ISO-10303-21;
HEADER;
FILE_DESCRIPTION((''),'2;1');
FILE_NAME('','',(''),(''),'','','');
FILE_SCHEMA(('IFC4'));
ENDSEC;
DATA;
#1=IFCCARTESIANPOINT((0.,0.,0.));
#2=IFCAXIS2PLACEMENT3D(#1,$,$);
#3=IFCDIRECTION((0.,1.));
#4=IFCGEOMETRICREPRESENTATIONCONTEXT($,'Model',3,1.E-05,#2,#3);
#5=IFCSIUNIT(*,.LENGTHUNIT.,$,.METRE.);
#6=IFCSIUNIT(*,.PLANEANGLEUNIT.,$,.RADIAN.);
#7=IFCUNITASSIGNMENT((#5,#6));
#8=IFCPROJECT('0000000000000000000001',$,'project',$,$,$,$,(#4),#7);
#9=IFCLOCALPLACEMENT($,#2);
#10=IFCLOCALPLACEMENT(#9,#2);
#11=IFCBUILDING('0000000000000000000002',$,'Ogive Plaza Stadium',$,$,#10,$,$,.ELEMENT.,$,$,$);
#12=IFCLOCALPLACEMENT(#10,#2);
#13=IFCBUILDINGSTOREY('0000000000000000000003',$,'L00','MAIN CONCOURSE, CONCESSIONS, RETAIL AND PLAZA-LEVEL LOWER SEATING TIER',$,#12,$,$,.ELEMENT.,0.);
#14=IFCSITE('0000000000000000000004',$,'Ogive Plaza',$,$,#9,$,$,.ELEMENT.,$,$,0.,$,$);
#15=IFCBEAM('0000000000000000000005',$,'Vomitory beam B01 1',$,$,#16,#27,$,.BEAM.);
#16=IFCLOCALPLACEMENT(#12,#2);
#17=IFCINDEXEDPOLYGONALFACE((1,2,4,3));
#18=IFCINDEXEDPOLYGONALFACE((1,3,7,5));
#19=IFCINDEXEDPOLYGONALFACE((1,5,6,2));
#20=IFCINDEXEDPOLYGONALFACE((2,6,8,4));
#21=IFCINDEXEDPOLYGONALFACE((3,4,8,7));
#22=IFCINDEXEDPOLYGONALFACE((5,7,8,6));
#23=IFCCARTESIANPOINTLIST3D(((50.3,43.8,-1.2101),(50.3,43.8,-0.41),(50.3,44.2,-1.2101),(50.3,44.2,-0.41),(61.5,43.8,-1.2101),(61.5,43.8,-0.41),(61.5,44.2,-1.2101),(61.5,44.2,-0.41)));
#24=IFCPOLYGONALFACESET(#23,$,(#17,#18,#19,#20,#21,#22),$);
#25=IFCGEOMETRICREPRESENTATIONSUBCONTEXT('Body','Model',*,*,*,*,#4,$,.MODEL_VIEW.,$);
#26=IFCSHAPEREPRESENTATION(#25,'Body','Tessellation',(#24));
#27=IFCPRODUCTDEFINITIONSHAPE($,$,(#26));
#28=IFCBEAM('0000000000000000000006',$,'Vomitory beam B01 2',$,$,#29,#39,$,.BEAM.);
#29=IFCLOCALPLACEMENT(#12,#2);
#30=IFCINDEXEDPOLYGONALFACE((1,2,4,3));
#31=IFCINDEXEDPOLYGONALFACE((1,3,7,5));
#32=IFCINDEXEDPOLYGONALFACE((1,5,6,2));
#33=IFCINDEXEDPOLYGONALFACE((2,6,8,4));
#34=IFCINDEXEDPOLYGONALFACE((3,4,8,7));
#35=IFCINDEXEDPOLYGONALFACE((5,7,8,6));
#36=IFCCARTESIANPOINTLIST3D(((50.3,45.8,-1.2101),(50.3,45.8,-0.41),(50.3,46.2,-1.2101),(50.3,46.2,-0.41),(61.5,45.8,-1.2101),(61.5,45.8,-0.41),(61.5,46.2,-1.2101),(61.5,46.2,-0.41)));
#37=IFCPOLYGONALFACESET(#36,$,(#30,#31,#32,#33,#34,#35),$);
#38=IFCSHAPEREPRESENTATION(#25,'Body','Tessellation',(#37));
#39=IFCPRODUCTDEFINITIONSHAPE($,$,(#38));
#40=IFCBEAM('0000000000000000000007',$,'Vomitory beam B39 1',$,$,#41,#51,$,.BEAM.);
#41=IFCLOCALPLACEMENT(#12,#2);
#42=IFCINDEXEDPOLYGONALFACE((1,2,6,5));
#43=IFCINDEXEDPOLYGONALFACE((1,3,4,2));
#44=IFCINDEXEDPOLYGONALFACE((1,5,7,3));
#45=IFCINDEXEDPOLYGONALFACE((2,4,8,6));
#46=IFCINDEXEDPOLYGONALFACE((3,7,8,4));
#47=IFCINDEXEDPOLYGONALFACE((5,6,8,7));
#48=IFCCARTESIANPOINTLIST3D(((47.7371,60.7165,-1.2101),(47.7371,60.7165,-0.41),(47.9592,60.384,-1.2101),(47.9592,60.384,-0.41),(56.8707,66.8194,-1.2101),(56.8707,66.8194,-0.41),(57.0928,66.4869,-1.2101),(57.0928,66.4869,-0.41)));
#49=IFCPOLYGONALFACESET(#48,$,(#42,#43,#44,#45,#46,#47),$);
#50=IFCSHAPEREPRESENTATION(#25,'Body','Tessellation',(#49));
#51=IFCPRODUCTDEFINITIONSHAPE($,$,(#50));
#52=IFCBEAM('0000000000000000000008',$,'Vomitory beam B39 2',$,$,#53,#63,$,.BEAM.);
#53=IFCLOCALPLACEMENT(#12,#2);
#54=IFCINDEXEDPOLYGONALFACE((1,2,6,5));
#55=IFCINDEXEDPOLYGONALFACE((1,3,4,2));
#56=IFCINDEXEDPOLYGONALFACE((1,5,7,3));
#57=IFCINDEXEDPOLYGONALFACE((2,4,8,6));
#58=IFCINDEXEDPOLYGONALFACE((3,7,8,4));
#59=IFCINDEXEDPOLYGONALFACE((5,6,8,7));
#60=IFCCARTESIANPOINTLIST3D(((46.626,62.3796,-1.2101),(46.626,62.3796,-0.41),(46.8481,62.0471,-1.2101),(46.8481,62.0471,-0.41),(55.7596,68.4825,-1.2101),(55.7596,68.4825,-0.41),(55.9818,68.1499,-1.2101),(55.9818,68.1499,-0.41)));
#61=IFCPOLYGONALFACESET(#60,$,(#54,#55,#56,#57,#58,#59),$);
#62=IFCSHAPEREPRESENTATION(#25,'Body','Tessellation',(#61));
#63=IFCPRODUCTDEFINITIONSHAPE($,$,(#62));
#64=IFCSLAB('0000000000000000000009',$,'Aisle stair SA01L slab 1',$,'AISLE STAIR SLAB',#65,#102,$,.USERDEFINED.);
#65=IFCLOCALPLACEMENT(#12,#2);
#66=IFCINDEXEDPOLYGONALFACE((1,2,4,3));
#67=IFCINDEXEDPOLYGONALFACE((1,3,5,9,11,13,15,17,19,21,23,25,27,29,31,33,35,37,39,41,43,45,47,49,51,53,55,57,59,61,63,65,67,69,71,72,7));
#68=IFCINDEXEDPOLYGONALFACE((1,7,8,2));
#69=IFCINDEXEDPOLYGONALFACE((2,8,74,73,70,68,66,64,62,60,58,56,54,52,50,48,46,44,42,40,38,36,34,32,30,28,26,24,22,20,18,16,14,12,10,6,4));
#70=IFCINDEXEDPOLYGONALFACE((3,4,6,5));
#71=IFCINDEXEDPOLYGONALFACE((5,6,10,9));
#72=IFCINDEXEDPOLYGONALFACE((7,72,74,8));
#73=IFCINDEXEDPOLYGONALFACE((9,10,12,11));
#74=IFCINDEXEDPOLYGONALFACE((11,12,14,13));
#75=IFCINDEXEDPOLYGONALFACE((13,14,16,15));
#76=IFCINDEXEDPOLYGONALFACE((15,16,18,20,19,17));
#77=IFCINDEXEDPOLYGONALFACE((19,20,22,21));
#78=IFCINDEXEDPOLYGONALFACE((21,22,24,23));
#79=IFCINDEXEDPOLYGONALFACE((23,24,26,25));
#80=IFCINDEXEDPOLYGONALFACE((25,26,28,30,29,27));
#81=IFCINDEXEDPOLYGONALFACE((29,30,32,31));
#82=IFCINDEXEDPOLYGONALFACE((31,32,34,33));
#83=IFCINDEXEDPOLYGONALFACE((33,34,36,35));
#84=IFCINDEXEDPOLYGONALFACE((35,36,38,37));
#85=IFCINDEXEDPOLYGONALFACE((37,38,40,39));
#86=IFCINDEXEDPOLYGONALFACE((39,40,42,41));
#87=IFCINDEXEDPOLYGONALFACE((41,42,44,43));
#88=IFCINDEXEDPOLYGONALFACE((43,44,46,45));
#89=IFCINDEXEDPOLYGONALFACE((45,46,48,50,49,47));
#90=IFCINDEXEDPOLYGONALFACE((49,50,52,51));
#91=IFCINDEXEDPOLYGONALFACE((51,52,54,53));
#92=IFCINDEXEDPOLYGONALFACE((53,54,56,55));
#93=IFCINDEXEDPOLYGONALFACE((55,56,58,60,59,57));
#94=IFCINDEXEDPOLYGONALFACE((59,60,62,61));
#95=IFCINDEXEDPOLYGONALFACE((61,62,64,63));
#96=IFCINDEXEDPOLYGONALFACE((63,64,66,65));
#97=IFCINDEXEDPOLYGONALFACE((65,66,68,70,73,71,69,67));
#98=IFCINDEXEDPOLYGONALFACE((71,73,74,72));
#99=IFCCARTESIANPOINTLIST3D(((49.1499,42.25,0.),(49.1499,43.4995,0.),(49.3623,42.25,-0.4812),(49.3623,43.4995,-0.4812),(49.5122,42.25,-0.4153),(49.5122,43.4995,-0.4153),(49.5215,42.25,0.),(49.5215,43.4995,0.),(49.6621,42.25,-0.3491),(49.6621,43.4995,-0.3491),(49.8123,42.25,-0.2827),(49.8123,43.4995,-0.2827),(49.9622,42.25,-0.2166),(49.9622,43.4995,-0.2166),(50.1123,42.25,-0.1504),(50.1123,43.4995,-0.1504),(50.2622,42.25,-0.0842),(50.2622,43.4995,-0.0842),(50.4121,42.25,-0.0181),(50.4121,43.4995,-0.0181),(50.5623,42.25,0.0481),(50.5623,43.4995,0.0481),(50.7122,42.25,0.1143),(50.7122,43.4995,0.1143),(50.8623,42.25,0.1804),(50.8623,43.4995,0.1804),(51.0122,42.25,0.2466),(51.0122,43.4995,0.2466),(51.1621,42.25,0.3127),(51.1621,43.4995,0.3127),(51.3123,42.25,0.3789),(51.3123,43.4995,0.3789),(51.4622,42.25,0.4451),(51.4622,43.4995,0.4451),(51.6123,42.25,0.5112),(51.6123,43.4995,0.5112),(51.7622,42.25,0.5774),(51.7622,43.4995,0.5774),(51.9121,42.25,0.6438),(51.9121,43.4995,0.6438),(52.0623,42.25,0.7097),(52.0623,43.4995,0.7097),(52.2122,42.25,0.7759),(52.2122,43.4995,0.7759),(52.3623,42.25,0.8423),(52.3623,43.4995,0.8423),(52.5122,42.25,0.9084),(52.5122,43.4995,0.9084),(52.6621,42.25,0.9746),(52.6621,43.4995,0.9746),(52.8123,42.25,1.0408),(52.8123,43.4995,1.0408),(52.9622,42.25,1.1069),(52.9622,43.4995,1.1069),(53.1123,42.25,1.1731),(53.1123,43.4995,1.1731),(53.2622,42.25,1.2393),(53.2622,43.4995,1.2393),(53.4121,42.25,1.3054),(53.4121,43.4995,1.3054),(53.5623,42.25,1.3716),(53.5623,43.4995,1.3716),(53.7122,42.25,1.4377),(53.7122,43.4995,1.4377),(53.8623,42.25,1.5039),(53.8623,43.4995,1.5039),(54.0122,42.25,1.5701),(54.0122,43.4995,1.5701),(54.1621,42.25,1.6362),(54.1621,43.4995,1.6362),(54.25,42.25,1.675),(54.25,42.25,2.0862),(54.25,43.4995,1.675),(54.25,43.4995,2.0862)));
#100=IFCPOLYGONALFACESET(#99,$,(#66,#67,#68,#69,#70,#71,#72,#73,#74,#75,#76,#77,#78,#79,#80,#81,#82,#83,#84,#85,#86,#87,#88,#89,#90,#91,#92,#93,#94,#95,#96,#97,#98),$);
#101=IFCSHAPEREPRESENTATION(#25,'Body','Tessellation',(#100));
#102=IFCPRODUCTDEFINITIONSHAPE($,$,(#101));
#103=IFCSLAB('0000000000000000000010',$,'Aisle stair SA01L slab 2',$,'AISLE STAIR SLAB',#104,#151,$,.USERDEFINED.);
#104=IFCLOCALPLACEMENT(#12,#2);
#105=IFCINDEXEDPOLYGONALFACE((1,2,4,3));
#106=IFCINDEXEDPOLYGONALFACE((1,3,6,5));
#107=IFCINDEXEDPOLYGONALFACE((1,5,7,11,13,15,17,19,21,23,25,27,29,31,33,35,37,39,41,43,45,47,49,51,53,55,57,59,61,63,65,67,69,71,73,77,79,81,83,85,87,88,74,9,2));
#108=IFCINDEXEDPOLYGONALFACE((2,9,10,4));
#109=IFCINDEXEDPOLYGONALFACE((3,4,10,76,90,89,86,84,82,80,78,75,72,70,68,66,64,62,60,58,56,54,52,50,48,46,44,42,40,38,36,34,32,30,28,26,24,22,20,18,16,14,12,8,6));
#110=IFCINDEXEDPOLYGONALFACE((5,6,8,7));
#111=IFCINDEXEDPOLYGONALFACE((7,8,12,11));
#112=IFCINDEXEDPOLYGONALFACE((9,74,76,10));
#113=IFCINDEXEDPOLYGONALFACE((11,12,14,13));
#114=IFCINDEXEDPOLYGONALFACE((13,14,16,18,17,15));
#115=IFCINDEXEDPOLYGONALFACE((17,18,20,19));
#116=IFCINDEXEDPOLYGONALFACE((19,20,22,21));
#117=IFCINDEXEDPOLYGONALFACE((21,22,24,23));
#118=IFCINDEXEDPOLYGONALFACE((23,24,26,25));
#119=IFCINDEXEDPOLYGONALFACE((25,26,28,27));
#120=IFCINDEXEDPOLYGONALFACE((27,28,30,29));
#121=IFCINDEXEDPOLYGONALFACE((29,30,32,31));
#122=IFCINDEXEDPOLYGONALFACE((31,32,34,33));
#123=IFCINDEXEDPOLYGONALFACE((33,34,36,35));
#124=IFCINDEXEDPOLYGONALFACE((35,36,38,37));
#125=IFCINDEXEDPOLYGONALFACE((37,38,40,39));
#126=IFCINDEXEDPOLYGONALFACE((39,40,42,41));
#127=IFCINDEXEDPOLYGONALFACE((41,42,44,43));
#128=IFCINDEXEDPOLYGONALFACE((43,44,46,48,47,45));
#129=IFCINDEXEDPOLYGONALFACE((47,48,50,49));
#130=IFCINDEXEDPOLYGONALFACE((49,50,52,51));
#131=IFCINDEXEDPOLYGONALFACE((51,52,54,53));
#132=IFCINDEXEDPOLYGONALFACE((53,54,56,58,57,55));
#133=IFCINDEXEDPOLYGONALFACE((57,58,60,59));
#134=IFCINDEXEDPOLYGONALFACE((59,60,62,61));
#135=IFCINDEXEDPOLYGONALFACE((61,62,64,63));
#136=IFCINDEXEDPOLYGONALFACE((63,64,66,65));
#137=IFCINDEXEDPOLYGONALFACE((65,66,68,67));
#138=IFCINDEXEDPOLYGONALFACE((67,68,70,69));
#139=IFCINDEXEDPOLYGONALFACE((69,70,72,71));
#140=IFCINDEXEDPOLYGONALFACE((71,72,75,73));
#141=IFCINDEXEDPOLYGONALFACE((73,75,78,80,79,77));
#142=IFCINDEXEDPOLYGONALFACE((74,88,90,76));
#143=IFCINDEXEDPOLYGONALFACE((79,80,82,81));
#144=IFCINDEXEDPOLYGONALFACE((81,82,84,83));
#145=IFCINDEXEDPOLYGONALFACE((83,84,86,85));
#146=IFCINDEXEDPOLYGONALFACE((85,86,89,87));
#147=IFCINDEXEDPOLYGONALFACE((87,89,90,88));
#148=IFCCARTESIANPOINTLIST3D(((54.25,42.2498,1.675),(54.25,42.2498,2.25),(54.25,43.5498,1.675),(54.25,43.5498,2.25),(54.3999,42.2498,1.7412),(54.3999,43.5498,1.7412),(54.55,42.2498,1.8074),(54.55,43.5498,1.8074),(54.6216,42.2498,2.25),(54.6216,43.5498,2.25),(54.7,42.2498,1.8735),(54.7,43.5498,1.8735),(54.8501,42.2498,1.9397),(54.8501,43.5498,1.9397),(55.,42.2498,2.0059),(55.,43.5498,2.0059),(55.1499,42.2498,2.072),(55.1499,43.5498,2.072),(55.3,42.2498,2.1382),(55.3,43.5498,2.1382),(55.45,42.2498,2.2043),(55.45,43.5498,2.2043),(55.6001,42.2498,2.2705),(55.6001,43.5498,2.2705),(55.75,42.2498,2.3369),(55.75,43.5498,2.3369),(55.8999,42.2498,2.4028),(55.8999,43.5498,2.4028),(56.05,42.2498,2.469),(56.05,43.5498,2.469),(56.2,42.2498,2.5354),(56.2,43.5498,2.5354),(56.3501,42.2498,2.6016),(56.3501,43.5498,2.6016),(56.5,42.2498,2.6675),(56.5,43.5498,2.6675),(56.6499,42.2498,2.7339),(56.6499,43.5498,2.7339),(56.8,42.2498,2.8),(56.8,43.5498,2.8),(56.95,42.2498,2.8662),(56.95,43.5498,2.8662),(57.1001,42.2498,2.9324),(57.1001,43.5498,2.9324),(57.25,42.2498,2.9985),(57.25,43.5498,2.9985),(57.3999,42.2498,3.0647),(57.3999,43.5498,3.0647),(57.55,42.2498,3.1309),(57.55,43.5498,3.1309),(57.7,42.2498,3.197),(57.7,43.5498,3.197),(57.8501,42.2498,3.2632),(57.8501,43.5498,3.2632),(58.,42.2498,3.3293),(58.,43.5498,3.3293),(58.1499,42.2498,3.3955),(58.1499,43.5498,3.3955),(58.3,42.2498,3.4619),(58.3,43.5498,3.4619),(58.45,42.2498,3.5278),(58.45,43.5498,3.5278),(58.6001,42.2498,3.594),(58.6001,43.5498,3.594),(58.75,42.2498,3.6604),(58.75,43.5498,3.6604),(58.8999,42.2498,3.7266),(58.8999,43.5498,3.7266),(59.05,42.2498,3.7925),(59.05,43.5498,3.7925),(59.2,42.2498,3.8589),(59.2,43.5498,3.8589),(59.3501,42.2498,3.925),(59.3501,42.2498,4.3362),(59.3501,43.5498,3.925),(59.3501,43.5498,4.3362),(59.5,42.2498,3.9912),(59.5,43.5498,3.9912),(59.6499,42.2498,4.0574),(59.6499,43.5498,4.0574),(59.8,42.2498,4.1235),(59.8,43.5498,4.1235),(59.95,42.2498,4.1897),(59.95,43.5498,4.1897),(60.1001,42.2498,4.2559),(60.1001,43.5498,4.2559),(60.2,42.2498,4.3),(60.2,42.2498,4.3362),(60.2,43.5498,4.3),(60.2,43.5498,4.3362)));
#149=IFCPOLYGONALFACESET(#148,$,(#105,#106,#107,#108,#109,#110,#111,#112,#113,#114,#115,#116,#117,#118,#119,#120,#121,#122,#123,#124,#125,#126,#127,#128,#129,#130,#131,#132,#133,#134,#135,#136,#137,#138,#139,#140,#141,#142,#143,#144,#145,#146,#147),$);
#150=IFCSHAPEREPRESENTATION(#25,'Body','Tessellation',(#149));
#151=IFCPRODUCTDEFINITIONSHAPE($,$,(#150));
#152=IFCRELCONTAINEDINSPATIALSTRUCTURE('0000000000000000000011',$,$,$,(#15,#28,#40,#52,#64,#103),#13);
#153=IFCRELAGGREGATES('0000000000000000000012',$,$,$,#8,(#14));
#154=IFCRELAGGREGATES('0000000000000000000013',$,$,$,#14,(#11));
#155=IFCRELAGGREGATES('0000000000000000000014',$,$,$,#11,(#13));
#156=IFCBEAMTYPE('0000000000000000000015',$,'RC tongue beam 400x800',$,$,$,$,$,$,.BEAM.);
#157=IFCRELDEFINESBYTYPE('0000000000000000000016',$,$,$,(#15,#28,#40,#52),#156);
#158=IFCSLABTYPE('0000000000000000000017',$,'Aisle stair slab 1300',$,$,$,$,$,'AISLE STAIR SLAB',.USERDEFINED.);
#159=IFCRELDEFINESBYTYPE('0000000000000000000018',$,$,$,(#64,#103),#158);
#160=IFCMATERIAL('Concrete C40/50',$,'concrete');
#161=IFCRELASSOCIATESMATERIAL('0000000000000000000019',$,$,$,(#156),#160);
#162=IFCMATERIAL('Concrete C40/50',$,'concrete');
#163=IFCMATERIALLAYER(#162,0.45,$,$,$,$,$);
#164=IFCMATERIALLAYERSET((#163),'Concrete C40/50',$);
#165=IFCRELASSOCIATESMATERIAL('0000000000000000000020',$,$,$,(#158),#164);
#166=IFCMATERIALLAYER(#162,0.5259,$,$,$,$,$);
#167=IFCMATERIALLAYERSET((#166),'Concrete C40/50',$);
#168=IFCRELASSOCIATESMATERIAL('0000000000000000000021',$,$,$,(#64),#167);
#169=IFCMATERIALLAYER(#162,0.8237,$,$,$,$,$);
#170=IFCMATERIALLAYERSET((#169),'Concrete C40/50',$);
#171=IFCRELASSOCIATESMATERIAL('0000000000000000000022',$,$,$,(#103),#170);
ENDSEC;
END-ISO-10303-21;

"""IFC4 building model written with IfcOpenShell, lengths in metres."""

from ifc_helpers import new_model, si_unit, direction, frame, origin, origin_2d, place, context, subcontext, project, spatial, polyline, rectangle, outline, extrude, material, layer, layer_set, material_profile, profile_set, type_object, element, save


model = new_model("IFC4")

# Units and contexts
model_context = context("Model", 3, precision=1e-05, world=origin(), true_north=direction((0.0, 1.0)))
body_context = subcontext(model_context, "Body", "Model", "MODEL_VIEW")
ifc_project = project(units=[si_unit("LENGTHUNIT", "METRE"), si_unit("PLANEANGLEUNIT", "RADIAN")], contexts=[model_context])

# Site, building, storey
site_placement = place(None, origin())
site = spatial("IfcSite", under=ifc_project, at=site_placement, Name="Ogive Plaza", CompositionType="ELEMENT", RefElevation=0.0)
building_placement = place(site_placement, origin())
building = spatial("IfcBuilding", under=site, at=building_placement, Name="Ogive Plaza Stadium", CompositionType="ELEMENT")
storey_placement = place(building_placement, origin())
storey = spatial("IfcBuildingStorey", under=building, at=storey_placement, Name="L00", Description="MAIN CONCOURSE, CONCESSIONS, RETAIL AND PLAZA-LEVEL LOWER SEATING TIER", CompositionType="ELEMENT", Elevation=0.0)

# Beams
ifc_material_1 = material(Name="Concrete C40/50", Category="concrete")
ifc_material_profile = material_profile(ifc_material_1, rectangle(XDim=0.3999, YDim=0.8, at=origin_2d()), Name="RC 400x800")
ifc_profile_set = profile_set([ifc_material_profile], Name="Concrete C40/50")
beam_type = type_object("IfcBeamType", Name="RC tongue beam 400x800", PredefinedType="BEAM", material=ifc_profile_set)
for number, where, z_axis, x_axis, name in (
    (1, (50.3, 44.0, -0.8101), (1.0, 0.0, 0.0), (0.0, 1.0, 0.0), "Vomitory beam B01 1"),
    (2, (50.3, 46.0, -0.8101), (1.0, 0.0, 0.0), (0.0, 1.0, 0.0), "Vomitory beam B01 2"),
):
    element("IfcBeam", number, at=place(storey_placement, frame(where, z_axis=z_axis, x_axis=x_axis)), inside=storey, type_object=beam_type, Name=name, PredefinedType="BEAM", context=body_context, shape_type="SweptSolid", body=[
        extrude(rectangle(XDim=0.3999, YDim=0.8, at=origin_2d()), origin(), (0.0, 0.0, 1.0), 11.2),
    ])
for number, where, z_axis, x_axis, name in (
    (3, (47.8481, 60.5503, -0.8101), (0.831472, 0.555567, 0.0), (-0.555567, 0.831472, 0.0), "Vomitory beam B39 1"),
    (4, (46.7371, 62.2134, -0.8101), (0.831472, 0.555567, 0.0), (-0.555567, 0.831472, 0.0), "Vomitory beam B39 2"),
):
    element("IfcBeam", number, at=place(storey_placement, frame(where, z_axis=z_axis, x_axis=x_axis)), inside=storey, type_object=beam_type, Name=name, PredefinedType="BEAM", context=body_context, shape_type="SweptSolid", body=[
        extrude(rectangle(XDim=0.3999, YDim=0.8, at=origin_2d()), origin(), (0.0, 0.0, 1.0), 10.9849),
    ])

# Slabs
ifc_material_2 = material(Name="Concrete C40/50", Category="concrete")
ifc_layer_1 = layer(ifc_material_2, 0.5259)
ifc_layer_set_1 = layer_set([ifc_layer_1], Name="Concrete C40/50")
ifc_layer_2 = layer(ifc_material_2, 0.45)
ifc_layer_set_2 = layer_set([ifc_layer_2], Name="Concrete C40/50")
slab_type = type_object("IfcSlabType", Name="Aisle stair slab 1300", ElementType="AISLE STAIR SLAB", PredefinedType="USERDEFINED", material=ifc_layer_set_2)
slab_1_placement = place(storey_placement, frame((49.1499, 42.8748, 0.0), z_axis=(0.0, 0.0, 1.0), x_axis=(1.0, 0.0, 0.0)))
element("IfcSlab", 5, at=slab_1_placement, inside=storey, type_object=slab_type, material=ifc_layer_set_1, Name="Aisle stair SA01L slab 1", ObjectType="AISLE STAIR SLAB", PredefinedType="USERDEFINED", context=body_context, shape_type="SweptSolid", body=[
    extrude(outline(polyline([(0.0, 0.0), (0.3716, 0.0), (5.1001, 2.0862), (5.1001, 1.675), (5.0122, 1.6362), (4.8623, 1.5701), (4.7124, 1.5039), (4.5623, 1.4377), (4.4124, 1.3716), (4.2622, 1.3054), (4.1123, 1.2393), (3.9624, 1.1731), (3.8123, 1.1069), (3.6624, 1.0408), (3.5122, 0.9746), (3.3623, 0.9084), (3.2124, 0.8423), (3.0623, 0.7759), (2.9124, 0.7097), (2.7622, 0.6438), (2.6123, 0.5774), (2.4624, 0.5112), (2.3123, 0.4451), (2.1624, 0.3789), (2.0122, 0.3127), (1.8623, 0.2466), (1.7124, 0.1804), (1.5623, 0.1143), (1.4124, 0.0481), (1.2622, -0.0181), (1.1123, -0.0842), (0.9624, -0.1504), (0.8123, -0.2166), (0.6624, -0.2827), (0.5122, -0.3491), (0.3623, -0.4153), (0.2124, -0.4812), (0.0, 0.0)])), frame((0.0, 0.6248, 0.0), z_axis=(0.0, -1.0, 0.0), x_axis=(1.0, 0.0, 0.0)), (0.0, 0.0, 1.0), 1.2495),
])
ifc_layer_3 = layer(ifc_material_2, 0.8237)
ifc_layer_set_3 = layer_set([ifc_layer_3], Name="Concrete C40/50")
slab_2_placement = place(storey_placement, frame((54.25, 42.8999, 0.0), z_axis=(0.0, 0.0, 1.0), x_axis=(1.0, 0.0, 0.0)))
element("IfcSlab", 6, at=slab_2_placement, inside=storey, type_object=slab_type, material=ifc_layer_set_3, Name="Aisle stair SA01L slab 2", ObjectType="AISLE STAIR SLAB", PredefinedType="USERDEFINED", context=body_context, shape_type="SweptSolid", body=[
    extrude(outline(polyline([(0.0, 2.25), (0.3716, 2.25), (5.1001, 4.3362), (5.95, 4.3362), (5.95, 4.3), (5.8501, 4.2559), (5.7, 4.1897), (5.55, 4.1235), (5.3999, 4.0574), (5.25, 3.9912), (5.1001, 3.925), (4.95, 3.8589), (4.8, 3.7925), (4.6499, 3.7266), (4.5, 3.6604), (4.3501, 3.594), (4.2, 3.5278), (4.05, 3.4619), (3.8999, 3.3955), (3.75, 3.3293), (3.6001, 3.2632), (3.45, 3.197), (3.3, 3.1309), (3.1499, 3.0647), (3.0, 2.9985), (2.8501, 2.9324), (2.7, 2.8662), (2.55, 2.8), (2.3999, 2.7339), (2.25, 2.6675), (2.1001, 2.6016), (1.95, 2.5354), (1.8, 2.469), (1.6499, 2.4028), (1.5, 2.3369), (1.3501, 2.2705), (1.2, 2.2043), (1.05, 2.1382), (0.8999, 2.072), (0.75, 2.0059), (0.6001, 1.9397), (0.45, 1.8735), (0.3, 1.8074), (0.1499, 1.7412), (0.0, 1.675), (0.0, 2.25)])), frame((0.0, 0.6499, 0.0), z_axis=(0.0, -1.0, 0.0), x_axis=(1.0, 0.0, 0.0)), (0.0, 0.0, 1.0), 1.3),
])

save(model, "model.ifc")
